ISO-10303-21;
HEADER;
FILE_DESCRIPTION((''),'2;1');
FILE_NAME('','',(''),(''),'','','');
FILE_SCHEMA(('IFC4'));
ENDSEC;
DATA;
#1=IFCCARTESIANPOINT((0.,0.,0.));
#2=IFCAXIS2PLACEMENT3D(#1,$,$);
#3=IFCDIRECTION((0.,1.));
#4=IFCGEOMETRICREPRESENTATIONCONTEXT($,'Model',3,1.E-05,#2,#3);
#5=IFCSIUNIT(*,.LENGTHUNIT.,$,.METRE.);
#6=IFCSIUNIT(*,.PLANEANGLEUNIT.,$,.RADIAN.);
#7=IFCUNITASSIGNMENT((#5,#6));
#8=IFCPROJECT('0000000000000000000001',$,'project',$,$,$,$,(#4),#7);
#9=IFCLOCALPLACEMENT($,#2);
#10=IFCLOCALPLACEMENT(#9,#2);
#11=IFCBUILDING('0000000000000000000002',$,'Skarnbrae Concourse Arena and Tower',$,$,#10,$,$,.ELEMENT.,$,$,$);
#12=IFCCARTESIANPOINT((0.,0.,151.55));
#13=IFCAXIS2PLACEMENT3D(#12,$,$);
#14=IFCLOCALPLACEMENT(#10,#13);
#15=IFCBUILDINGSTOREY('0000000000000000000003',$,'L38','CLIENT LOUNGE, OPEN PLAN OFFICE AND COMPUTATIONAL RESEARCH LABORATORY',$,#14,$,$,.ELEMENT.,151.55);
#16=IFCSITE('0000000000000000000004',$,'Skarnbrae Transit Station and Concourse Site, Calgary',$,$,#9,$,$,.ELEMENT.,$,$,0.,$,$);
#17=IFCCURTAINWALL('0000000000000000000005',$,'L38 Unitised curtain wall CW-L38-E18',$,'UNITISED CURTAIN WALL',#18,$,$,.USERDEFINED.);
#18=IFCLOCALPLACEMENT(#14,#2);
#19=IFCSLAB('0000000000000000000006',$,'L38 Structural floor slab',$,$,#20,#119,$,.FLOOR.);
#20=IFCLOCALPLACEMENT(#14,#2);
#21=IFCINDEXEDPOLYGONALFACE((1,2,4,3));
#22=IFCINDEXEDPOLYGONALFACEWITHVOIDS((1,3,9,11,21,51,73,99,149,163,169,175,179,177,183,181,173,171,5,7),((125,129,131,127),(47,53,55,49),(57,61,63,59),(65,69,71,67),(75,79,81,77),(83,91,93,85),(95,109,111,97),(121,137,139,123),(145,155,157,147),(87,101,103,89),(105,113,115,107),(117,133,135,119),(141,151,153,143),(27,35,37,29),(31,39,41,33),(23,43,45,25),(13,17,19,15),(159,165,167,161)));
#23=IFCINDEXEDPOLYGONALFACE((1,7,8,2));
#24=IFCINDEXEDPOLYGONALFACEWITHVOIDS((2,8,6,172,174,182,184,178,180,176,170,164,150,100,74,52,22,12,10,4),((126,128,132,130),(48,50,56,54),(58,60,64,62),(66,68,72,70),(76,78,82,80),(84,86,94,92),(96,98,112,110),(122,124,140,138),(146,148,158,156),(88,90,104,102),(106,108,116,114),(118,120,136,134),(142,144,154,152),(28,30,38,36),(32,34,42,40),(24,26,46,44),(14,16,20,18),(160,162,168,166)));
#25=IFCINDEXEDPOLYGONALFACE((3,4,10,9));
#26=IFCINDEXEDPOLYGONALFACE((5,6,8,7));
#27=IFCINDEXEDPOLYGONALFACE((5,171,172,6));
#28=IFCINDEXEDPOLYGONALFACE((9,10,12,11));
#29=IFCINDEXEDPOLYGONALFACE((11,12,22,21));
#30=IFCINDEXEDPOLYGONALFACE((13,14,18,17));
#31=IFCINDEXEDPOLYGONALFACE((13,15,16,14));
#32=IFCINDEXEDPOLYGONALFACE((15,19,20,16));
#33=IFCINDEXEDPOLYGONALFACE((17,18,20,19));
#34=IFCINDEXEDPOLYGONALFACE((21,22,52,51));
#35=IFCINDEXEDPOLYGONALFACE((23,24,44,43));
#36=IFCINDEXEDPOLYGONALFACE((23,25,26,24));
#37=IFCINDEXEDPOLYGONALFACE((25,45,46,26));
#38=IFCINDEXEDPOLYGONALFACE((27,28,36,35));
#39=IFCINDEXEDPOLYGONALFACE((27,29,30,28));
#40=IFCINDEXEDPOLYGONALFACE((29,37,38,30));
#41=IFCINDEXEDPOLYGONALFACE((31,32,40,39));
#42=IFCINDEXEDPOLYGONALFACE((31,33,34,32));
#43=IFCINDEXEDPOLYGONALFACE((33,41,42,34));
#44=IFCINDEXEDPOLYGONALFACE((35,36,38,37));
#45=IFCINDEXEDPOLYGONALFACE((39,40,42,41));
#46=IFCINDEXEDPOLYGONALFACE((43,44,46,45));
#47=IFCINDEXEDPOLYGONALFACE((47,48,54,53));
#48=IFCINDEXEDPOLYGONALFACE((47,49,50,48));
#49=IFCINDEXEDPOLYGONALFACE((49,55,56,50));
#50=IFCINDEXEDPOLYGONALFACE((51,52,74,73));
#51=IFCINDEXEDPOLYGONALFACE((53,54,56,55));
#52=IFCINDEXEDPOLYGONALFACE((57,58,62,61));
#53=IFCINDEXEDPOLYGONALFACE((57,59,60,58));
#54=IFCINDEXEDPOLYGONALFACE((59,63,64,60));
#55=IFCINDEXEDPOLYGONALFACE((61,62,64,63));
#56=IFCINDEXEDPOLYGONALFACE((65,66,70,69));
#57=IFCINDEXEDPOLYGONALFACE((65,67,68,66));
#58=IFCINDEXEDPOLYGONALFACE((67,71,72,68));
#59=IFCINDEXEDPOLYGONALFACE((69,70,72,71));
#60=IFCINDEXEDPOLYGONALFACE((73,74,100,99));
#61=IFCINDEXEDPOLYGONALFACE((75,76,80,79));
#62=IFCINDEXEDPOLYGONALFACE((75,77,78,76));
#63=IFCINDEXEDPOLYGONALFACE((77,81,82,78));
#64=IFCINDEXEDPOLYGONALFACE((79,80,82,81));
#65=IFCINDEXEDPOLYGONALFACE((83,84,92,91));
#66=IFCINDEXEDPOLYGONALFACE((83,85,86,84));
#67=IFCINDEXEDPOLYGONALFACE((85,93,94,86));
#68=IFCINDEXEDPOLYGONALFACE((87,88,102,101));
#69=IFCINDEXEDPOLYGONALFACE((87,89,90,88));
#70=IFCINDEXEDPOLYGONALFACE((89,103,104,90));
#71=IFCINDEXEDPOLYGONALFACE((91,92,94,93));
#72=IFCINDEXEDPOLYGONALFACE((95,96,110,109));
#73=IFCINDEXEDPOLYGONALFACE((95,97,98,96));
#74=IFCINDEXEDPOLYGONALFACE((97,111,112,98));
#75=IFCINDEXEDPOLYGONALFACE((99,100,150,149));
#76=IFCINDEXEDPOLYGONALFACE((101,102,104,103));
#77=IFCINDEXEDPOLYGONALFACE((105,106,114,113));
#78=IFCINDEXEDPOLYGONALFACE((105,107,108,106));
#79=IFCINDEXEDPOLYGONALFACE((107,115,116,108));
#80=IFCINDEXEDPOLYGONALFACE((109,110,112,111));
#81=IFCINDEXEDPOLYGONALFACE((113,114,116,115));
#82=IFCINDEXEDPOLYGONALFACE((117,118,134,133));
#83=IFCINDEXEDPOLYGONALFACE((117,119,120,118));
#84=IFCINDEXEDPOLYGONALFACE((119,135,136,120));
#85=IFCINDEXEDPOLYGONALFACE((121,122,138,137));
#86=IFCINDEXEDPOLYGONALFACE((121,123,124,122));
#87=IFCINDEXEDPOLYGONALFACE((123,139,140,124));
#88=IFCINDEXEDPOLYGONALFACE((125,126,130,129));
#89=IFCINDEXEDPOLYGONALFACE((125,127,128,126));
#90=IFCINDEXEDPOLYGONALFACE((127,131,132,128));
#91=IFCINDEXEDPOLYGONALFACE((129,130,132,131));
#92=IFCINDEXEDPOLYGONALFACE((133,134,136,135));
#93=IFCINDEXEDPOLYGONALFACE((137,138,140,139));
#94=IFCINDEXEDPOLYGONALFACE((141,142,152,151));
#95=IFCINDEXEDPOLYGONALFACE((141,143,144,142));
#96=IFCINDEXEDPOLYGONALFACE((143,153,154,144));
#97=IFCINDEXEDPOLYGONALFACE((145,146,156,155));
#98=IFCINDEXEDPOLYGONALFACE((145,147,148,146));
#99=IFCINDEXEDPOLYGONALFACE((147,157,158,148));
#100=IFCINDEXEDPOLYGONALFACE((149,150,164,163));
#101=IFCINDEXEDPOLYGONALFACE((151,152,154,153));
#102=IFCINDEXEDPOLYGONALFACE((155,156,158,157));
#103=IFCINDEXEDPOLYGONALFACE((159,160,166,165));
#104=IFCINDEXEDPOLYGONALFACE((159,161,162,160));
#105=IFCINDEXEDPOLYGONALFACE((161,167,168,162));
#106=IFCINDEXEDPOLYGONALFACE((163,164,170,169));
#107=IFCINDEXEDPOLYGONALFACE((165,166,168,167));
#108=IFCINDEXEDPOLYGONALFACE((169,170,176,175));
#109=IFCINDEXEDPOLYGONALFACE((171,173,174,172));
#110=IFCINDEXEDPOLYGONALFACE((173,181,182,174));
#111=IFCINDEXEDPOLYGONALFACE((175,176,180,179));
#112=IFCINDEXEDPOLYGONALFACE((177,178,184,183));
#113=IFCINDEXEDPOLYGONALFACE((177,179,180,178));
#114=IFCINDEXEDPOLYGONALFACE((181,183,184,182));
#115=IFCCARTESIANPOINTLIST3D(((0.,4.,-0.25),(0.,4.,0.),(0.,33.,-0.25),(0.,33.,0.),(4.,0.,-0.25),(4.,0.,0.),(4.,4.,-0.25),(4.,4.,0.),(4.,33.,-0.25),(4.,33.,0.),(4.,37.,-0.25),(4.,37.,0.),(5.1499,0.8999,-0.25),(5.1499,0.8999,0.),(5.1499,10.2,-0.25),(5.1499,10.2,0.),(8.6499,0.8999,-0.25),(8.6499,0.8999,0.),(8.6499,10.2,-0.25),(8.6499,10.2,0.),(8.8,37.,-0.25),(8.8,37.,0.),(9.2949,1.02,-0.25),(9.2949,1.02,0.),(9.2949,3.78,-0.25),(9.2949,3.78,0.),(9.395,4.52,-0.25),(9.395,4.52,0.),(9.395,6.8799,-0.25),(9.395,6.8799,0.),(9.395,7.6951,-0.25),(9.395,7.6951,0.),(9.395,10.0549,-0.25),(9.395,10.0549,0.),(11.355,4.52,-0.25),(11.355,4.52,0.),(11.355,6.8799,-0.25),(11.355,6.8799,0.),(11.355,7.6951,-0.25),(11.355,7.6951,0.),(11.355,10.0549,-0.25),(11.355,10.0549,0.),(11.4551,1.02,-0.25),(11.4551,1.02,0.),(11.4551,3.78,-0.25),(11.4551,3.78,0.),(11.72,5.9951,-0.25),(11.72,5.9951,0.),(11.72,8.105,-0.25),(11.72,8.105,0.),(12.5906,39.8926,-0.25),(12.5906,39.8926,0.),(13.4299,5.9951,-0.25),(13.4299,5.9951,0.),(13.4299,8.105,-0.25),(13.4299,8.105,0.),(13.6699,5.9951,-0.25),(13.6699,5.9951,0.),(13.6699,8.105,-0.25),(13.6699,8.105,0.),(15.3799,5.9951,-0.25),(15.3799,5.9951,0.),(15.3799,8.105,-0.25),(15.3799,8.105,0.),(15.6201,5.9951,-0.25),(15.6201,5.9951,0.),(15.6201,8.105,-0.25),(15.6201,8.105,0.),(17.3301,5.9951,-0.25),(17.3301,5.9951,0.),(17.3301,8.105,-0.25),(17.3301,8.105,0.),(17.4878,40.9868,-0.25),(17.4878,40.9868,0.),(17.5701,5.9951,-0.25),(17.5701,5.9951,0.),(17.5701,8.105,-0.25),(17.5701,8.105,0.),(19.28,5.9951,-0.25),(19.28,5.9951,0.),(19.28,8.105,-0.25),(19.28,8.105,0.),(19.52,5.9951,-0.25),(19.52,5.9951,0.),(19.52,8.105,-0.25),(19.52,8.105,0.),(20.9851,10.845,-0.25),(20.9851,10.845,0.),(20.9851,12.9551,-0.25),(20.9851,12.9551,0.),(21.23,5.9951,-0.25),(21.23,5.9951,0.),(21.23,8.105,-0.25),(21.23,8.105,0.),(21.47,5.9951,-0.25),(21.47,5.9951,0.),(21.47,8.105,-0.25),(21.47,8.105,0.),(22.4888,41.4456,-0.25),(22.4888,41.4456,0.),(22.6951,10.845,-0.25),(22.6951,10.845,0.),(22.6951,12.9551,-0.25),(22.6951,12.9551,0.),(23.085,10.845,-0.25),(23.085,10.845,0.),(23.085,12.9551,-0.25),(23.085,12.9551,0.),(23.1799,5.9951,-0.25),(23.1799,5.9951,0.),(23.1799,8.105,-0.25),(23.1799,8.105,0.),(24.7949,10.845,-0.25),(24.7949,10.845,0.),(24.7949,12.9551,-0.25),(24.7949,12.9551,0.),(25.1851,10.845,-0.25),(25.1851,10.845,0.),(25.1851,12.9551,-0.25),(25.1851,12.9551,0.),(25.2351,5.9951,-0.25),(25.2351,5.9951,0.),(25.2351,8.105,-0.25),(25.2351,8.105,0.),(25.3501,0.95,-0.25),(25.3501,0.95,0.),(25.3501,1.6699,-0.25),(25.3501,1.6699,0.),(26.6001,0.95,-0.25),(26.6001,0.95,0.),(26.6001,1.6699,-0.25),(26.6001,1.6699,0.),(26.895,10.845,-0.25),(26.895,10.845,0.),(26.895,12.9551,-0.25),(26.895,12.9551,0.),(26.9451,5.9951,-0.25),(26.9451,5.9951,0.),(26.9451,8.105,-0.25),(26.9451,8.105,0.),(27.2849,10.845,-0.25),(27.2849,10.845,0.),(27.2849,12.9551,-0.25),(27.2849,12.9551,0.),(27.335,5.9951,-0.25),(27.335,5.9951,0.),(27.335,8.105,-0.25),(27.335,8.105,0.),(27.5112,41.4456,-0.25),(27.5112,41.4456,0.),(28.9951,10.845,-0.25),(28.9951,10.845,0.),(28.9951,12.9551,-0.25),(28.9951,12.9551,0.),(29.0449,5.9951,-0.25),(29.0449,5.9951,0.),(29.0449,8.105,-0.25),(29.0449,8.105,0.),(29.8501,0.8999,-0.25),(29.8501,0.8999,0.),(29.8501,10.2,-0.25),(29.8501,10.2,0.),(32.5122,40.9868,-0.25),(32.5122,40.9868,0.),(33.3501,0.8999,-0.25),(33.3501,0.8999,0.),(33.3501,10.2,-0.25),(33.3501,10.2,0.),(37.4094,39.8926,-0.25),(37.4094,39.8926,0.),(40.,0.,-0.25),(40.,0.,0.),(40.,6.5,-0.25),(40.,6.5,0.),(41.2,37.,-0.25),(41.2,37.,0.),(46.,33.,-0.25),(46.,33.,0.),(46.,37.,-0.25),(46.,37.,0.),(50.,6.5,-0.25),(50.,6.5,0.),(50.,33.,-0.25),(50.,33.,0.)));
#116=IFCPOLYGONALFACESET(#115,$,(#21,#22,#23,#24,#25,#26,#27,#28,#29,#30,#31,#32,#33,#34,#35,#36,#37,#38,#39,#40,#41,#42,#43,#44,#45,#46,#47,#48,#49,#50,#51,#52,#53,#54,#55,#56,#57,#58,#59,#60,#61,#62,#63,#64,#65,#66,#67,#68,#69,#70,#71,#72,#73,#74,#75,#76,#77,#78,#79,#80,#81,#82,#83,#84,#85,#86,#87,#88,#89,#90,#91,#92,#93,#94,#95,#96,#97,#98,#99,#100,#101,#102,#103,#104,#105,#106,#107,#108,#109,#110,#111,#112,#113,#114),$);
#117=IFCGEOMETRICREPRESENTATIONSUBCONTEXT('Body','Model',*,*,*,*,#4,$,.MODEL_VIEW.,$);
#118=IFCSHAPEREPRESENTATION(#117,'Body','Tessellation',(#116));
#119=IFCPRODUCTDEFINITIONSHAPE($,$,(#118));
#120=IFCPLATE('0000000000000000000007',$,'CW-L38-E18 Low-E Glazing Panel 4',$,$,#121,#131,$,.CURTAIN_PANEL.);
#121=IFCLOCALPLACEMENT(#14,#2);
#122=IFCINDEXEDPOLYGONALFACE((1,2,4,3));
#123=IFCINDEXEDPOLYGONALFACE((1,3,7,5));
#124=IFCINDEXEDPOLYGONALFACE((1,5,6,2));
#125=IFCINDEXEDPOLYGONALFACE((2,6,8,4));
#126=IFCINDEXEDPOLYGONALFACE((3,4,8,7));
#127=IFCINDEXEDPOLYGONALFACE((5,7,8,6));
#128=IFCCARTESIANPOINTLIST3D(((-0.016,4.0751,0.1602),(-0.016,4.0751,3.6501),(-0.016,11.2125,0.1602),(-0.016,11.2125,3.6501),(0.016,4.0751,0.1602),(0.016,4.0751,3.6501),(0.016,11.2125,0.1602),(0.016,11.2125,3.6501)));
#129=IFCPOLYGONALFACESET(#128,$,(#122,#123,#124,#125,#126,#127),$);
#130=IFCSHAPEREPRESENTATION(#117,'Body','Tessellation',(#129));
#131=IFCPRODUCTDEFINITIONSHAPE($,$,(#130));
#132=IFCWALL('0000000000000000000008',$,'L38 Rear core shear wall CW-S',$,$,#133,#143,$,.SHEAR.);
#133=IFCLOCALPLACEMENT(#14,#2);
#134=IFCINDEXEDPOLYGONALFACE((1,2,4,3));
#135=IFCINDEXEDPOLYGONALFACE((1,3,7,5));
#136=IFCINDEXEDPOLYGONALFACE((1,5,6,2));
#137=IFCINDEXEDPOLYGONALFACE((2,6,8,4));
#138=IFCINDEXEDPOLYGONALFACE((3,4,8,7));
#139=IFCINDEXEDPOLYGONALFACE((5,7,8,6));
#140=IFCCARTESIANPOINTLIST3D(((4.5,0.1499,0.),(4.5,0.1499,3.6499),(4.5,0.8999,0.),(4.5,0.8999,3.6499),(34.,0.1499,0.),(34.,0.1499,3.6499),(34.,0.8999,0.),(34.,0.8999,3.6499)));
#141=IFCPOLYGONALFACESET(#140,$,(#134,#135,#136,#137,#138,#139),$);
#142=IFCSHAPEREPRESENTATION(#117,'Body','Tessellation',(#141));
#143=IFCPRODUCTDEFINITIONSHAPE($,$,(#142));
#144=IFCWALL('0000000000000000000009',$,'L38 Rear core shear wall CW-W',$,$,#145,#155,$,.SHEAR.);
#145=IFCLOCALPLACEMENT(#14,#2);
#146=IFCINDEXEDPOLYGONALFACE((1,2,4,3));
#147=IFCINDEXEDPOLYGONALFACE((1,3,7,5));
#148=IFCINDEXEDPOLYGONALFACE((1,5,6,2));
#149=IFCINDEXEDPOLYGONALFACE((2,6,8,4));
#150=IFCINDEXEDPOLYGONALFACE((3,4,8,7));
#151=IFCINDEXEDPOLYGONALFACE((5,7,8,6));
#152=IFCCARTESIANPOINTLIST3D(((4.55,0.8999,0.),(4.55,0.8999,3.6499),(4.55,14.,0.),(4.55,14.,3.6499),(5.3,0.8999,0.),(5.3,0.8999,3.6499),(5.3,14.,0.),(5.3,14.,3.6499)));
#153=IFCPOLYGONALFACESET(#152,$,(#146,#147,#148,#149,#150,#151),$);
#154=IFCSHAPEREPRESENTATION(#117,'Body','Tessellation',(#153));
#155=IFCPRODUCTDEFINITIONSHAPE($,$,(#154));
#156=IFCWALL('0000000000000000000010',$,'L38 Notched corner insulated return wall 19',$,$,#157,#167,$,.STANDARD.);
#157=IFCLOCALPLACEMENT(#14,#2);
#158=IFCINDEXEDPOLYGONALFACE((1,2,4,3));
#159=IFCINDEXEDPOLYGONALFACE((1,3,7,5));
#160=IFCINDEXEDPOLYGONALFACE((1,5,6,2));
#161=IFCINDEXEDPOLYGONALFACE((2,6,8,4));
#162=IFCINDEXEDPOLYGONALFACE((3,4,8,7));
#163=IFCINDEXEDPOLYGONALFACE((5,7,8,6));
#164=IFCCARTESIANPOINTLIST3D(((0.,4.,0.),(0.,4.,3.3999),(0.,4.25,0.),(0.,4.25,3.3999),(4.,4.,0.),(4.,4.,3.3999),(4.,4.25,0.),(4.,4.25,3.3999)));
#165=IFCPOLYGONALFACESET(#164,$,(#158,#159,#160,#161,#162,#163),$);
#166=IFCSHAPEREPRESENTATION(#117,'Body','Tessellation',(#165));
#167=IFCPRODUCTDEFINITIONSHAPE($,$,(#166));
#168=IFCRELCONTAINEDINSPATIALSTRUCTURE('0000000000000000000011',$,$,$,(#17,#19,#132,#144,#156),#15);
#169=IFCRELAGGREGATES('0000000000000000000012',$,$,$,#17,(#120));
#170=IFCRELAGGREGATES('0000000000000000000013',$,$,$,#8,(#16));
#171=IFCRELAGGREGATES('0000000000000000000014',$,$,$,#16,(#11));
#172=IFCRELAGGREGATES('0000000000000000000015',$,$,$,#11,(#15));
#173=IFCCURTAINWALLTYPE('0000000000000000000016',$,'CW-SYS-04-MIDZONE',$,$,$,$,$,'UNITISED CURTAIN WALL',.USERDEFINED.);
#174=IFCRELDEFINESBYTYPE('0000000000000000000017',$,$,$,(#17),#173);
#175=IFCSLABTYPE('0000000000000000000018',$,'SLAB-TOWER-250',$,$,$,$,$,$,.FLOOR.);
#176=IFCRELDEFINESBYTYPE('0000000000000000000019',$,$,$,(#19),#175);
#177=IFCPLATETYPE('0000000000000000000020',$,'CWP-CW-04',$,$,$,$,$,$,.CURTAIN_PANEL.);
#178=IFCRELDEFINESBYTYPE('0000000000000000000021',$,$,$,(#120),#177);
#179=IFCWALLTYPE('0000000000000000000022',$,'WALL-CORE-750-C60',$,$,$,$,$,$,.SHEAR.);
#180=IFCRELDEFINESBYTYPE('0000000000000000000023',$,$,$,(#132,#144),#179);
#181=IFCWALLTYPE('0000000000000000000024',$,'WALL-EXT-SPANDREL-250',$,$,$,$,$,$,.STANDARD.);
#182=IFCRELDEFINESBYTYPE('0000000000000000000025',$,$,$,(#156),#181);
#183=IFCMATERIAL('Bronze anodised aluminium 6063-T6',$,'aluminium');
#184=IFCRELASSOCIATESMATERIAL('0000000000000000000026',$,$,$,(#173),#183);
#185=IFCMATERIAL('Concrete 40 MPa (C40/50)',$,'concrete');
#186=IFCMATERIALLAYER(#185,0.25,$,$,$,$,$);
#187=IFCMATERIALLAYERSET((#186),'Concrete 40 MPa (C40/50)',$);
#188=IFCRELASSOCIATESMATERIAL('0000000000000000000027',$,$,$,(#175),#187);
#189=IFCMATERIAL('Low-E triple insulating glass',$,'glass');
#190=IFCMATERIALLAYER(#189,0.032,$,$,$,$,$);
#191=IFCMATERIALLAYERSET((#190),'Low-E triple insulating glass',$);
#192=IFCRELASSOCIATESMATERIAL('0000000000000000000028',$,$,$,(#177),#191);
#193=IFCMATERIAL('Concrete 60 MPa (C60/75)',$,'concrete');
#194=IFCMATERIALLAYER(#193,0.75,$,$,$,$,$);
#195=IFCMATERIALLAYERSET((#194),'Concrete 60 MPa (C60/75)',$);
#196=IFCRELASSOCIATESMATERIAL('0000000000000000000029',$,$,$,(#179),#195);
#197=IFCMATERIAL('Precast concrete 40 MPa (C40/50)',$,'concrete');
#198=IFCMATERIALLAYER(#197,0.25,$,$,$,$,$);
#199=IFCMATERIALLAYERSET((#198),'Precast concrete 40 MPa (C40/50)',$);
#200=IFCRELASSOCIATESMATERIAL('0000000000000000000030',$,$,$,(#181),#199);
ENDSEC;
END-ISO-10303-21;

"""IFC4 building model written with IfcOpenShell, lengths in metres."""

from ifc_helpers import new_model, si_unit, direction, frame, frame_2d, origin, origin_2d, place, context, subcontext, project, spatial, polyline, rectangle, outline, extrude, source, transform, mapped, material, layer, layer_set, type_object, element, aggregate, save


model = new_model("IFC4")

# Units and contexts
model_context = context("Model", 3, precision=1e-05, world=origin(), true_north=direction((0.0, 1.0)))
body_context = subcontext(model_context, "Body", "Model", "MODEL_VIEW")
ifc_project = project(units=[si_unit("LENGTHUNIT", "METRE"), si_unit("PLANEANGLEUNIT", "RADIAN")], contexts=[model_context])

# Site, building, storey
site_placement = place(None, origin())
site = spatial("IfcSite", under=ifc_project, at=site_placement, Name="Skarnbrae Transit Station and Concourse Site, Calgary", CompositionType="ELEMENT", RefElevation=0.0)
building_placement = place(site_placement, origin())
building = spatial("IfcBuilding", under=site, at=building_placement, Name="Skarnbrae Concourse Arena and Tower", CompositionType="ELEMENT")
storey_placement = place(building_placement, frame((0.0, 0.0, 151.55)))
storey = spatial("IfcBuildingStorey", under=building, at=storey_placement, Name="L38", Description="CLIENT LOUNGE, OPEN PLAN OFFICE AND COMPUTATIONAL RESEARCH LABORATORY", CompositionType="ELEMENT", Elevation=151.55)

# Curtain wall
ifc_material_1 = material(Name="Bronze anodised aluminium 6063-T6", Category="aluminium")
curtain_wall_type = type_object("IfcCurtainWallType", Name="CW-SYS-04-MIDZONE", ElementType="UNITISED CURTAIN WALL", PredefinedType="USERDEFINED", material=ifc_material_1)
curtain_wall_placement = place(storey_placement, origin())
curtain_wall = element("IfcCurtainWall", 1, at=curtain_wall_placement, inside=storey, type_object=curtain_wall_type, Name="L38 Unitised curtain wall CW-L38-E18", ObjectType="UNITISED CURTAIN WALL", PredefinedType="USERDEFINED")

# Shared definitions
ifc_material_2 = material(Name="Concrete 40 MPa (C40/50)", Category="concrete")

# Slab
ifc_layer_1 = layer(ifc_material_2, 0.25)
ifc_layer_set_1 = layer_set([ifc_layer_1], Name="Concrete 40 MPa (C40/50)")
slab_type_1 = type_object("IfcSlabType", Name="SLAB-TOWER-250", PredefinedType="FLOOR", material=ifc_layer_set_1)
slab_1_placement = place(storey_placement, frame((0.0, 0.0, -0.25)))
element("IfcSlab", 2, at=slab_1_placement, inside=storey, type_object=slab_type_1, Name="L38 Structural floor slab", PredefinedType="FLOOR", context=body_context, shape_type="SweptSolid", body=[
    extrude(outline(polyline([(4.0, 0.0), (40.0, 0.0), (40.0, 6.5), (50.0, 6.5), (50.0, 33.0), (46.0, 33.0), (46.0, 37.0), (41.2, 37.0), (37.4094, 39.8926), (32.5122, 40.9868), (27.5112, 41.4456), (22.4888, 41.4456), (17.4878, 40.9868), (12.5906, 39.8926), (8.8, 37.0), (4.0, 37.0), (4.0, 33.0), (0.0, 33.0), (0.0, 4.0), (4.0, 4.0), (4.0, 0.0)]), holes=[polyline([(9.2949, 3.78), (11.4551, 3.78), (11.4551, 1.02), (9.2949, 1.02), (9.2949, 3.78)]), polyline([(8.6499, 10.2), (8.6499, 0.8999), (5.1499, 0.8999), (5.1499, 10.2), (8.6499, 10.2)]), polyline([(9.395, 6.8799), (11.355, 6.8799), (11.355, 4.52), (9.395, 4.52), (9.395, 6.8799)]), polyline([(11.72, 8.105), (13.4299, 8.105), (13.4299, 5.9951), (11.72, 5.9951), (11.72, 8.105)]), polyline([(13.6699, 8.105), (15.3799, 8.105), (15.3799, 5.9951), (13.6699, 5.9951), (13.6699, 8.105)]), polyline([(15.6201, 8.105), (17.3301, 8.105), (17.3301, 5.9951), (15.6201, 5.9951), (15.6201, 8.105)]), polyline([(17.5701, 8.105), (19.28, 8.105), (19.28, 5.9951), (17.5701, 5.9951), (17.5701, 8.105)]), polyline([(21.23, 8.105), (21.23, 5.9951), (19.52, 5.9951), (19.52, 8.105), (21.23, 8.105)]), polyline([(11.355, 10.0549), (11.355, 7.6951), (9.395, 7.6951), (9.395, 10.0549), (11.355, 10.0549)]), polyline([(25.3501, 1.6699), (26.6001, 1.6699), (26.6001, 0.95), (25.3501, 0.95), (25.3501, 1.6699)]), polyline([(33.3501, 10.2), (33.3501, 0.8999), (29.8501, 0.8999), (29.8501, 10.2), (33.3501, 10.2)]), polyline([(21.47, 8.105), (23.1799, 8.105), (23.1799, 5.9951), (21.47, 5.9951), (21.47, 8.105)]), polyline([(25.2351, 8.105), (26.9451, 8.105), (26.9451, 5.9951), (25.2351, 5.9951), (25.2351, 8.105)]), polyline([(27.335, 8.105), (29.0449, 8.105), (29.0449, 5.9951), (27.335, 5.9951), (27.335, 8.105)]), polyline([(20.9851, 12.9551), (22.6951, 12.9551), (22.6951, 10.845), (20.9851, 10.845), (20.9851, 12.9551)]), polyline([(23.085, 12.9551), (24.7949, 12.9551), (24.7949, 10.845), (23.085, 10.845), (23.085, 12.9551)]), polyline([(26.895, 12.9551), (26.895, 10.845), (25.1851, 10.845), (25.1851, 12.9551), (26.895, 12.9551)]), polyline([(28.9951, 12.9551), (28.9951, 10.845), (27.2849, 10.845), (27.2849, 12.9551), (28.9951, 12.9551)])]), origin(), (0.0, 0.0, 1.0), 0.25),
])

# Plate
ifc_material_3 = material(Name="Low-E triple insulating glass", Category="glass")
ifc_layer_2 = layer(ifc_material_3, 0.032)
ifc_layer_set_2 = layer_set([ifc_layer_2], Name="Low-E triple insulating glass")
plate_type = type_object("IfcPlateType", Name="CWP-CW-04", PredefinedType="CURTAIN_PANEL", material=ifc_layer_set_2)
shared_shape_1 = source(origin(), body_context, "Body", "SweptSolid", [
    extrude(rectangle(XDim=7.1375, YDim=0.032, at=origin_2d()), origin(), (0.0, 0.0, 1.0), 3.49),
])
plate_placement = place(storey_placement, frame((0.0, 7.6438, 0.1602), z_axis=(0.0, 0.0, 1.0), x_axis=(0.0, -1.0, 0.0)))
plate = element("IfcPlate", 3, at=plate_placement, type_object=plate_type, Name="CW-L38-E18 Low-E Glazing Panel 4", PredefinedType="CURTAIN_PANEL", context=body_context, shape_type="MappedRepresentation", body=[
    mapped(shared_shape_1, transform((0.0, 0.0, 0.0))),
])
aggregate(curtain_wall, [plate])

# Walls
ifc_material_4 = material(Name="Concrete 60 MPa (C60/75)", Category="concrete")
ifc_layer_3 = layer(ifc_material_4, 0.75)
ifc_layer_set_3 = layer_set([ifc_layer_3], Name="Concrete 60 MPa (C60/75)")
wall_type_1 = type_object("IfcWallType", Name="WALL-CORE-750-C60", PredefinedType="SHEAR", material=ifc_layer_set_3)
shared_shape_2 = source(origin(), body_context, "Body", "SweptSolid", [
    extrude(rectangle(XDim=29.5, YDim=0.75, at=frame_2d((14.75, 0.0))), origin(), (0.0, 0.0, 1.0), 3.6499),
])
wall_1_placement = place(storey_placement, frame((4.5, 0.5249, 0.0), z_axis=(0.0, 0.0, 1.0), x_axis=(1.0, 0.0, 0.0)))
element("IfcWall", 4, at=wall_1_placement, inside=storey, type_object=wall_type_1, Name="L38 Rear core shear wall CW-S", PredefinedType="SHEAR", context=body_context, shape_type="MappedRepresentation", body=[
    mapped(shared_shape_2, transform((0.0, 0.0, 0.0))),
])
shared_shape_3 = source(origin(), body_context, "Body", "SweptSolid", [
    extrude(rectangle(XDim=13.1001, YDim=0.75, at=frame_2d((6.55, 0.0))), origin(), (0.0, 0.0, 1.0), 3.6499),
])
wall_2_placement = place(storey_placement, frame((4.925, 0.8999, 0.0), z_axis=(0.0, 0.0, 1.0), x_axis=(0.0, 1.0, 0.0)))
element("IfcWall", 5, at=wall_2_placement, inside=storey, type_object=wall_type_1, Name="L38 Rear core shear wall CW-W", PredefinedType="SHEAR", context=body_context, shape_type="MappedRepresentation", body=[
    mapped(shared_shape_3, transform((0.0, 0.0, 0.0))),
])
ifc_material_5 = material(Name="Precast concrete 40 MPa (C40/50)", Category="concrete")
ifc_layer_4 = layer(ifc_material_5, 0.25)
ifc_layer_set_4 = layer_set([ifc_layer_4], Name="Precast concrete 40 MPa (C40/50)")
wall_type_2 = type_object("IfcWallType", Name="WALL-EXT-SPANDREL-250", PredefinedType="STANDARD", material=ifc_layer_set_4)
shared_shape_4 = source(origin(), body_context, "Body", "SweptSolid", [
    extrude(rectangle(XDim=4.0, YDim=0.25, at=frame_2d((2.0, 0.0))), origin(), (0.0, 0.0, 1.0), 3.3999),
])
for number, where, z_axis, x_axis, name in (
    (6, (0.0, 4.125, 0.0), (0.0, 0.0, 1.0), (1.0, 0.0, 0.0), "L38 Notched corner insulated return wall 19"),
):
    element("IfcWall", number, at=place(storey_placement, frame(where, z_axis=z_axis, x_axis=x_axis)), inside=storey, type_object=wall_type_2, Name=name, PredefinedType="STANDARD", context=body_context, shape_type="MappedRepresentation", body=[
        mapped(shared_shape_4, transform((0.0, 0.0, 0.0))),
    ])

save(model, "model.ifc")
